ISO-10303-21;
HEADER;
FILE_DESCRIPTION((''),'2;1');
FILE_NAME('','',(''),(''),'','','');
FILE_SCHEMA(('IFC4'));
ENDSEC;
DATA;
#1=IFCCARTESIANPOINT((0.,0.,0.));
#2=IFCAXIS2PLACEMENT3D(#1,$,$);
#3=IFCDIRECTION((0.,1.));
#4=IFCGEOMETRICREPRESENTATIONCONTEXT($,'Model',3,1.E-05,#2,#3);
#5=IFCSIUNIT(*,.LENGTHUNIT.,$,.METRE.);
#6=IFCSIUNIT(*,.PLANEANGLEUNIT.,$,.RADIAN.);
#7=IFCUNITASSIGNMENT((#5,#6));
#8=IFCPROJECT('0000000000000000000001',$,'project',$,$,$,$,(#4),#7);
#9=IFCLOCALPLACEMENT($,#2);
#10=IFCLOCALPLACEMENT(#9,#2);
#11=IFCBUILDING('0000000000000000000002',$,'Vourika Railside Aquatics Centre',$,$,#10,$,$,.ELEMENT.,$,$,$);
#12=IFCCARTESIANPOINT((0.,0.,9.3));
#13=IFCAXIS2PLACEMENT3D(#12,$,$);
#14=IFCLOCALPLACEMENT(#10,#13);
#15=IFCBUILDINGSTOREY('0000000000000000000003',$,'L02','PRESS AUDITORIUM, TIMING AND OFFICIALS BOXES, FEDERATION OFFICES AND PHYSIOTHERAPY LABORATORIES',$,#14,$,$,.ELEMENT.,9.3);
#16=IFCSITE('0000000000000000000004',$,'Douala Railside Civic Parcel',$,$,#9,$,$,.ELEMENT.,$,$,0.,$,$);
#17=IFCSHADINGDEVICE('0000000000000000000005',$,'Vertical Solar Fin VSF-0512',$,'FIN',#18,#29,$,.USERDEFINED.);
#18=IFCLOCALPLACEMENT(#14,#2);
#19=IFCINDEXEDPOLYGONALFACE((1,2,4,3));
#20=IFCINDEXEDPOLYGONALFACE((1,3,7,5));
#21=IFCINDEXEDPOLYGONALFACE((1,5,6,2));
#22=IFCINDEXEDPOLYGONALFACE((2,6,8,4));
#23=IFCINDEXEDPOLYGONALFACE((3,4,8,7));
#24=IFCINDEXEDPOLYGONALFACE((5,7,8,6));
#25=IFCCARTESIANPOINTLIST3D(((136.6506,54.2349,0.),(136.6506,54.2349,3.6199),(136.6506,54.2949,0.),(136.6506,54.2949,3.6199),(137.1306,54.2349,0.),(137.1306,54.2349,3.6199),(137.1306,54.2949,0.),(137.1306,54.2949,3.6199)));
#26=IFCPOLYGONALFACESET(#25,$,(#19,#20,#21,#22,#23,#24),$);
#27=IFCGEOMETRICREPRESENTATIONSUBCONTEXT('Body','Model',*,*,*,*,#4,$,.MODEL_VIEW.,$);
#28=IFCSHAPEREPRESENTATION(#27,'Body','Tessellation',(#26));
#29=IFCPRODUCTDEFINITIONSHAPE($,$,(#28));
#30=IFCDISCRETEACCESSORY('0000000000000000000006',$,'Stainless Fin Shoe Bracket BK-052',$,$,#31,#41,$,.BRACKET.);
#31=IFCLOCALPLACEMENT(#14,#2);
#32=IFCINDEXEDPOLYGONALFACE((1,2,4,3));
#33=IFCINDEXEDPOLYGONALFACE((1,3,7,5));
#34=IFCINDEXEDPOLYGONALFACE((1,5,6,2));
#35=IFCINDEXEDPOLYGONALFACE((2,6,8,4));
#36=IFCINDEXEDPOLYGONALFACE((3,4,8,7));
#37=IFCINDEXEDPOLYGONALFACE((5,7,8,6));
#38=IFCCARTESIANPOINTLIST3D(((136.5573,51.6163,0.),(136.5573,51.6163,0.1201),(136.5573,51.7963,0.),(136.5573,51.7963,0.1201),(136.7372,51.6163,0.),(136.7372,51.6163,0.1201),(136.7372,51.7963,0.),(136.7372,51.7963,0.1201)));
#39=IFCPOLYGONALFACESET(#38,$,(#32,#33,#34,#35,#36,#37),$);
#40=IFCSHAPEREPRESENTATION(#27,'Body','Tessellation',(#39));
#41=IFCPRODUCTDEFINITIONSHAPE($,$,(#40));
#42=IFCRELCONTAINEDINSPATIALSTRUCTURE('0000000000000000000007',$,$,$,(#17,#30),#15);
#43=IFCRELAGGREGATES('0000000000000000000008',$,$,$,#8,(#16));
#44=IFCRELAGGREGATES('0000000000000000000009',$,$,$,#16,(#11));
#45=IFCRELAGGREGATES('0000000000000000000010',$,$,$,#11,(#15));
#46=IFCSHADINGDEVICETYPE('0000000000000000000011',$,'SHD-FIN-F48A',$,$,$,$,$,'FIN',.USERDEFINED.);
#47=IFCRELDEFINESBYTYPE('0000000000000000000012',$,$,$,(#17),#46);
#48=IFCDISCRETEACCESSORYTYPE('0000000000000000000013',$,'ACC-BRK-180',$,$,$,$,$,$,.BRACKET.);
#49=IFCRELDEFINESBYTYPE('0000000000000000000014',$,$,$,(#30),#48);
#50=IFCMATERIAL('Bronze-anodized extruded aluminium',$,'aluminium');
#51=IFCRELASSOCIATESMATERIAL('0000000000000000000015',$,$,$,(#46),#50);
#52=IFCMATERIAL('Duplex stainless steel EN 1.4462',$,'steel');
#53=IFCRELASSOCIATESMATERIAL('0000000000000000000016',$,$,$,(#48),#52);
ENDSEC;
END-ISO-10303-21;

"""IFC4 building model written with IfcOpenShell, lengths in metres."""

from ifc_helpers import new_model, si_unit, direction, frame, origin, origin_2d, place, context, subcontext, project, spatial, rectangle, extrude, material, material_profile, profile_set, type_object, element, save


model = new_model("IFC4")

# Units and contexts
model_context = context("Model", 3, precision=1e-05, world=origin(), true_north=direction((0.0, 1.0)))
body_context = subcontext(model_context, "Body", "Model", "MODEL_VIEW")
ifc_project = project(units=[si_unit("LENGTHUNIT", "METRE"), si_unit("PLANEANGLEUNIT", "RADIAN")], contexts=[model_context])

# Site, building, storey
site_placement = place(None, origin())
site = spatial("IfcSite", under=ifc_project, at=site_placement, Name="Douala Railside Civic Parcel", CompositionType="ELEMENT", RefElevation=0.0)
building_placement = place(site_placement, origin())
building = spatial("IfcBuilding", under=site, at=building_placement, Name="Vourika Railside Aquatics Centre", CompositionType="ELEMENT")
storey_placement = place(building_placement, frame((0.0, 0.0, 9.3)))
storey = spatial("IfcBuildingStorey", under=building, at=storey_placement, Name="L02", Description="PRESS AUDITORIUM, TIMING AND OFFICIALS BOXES, FEDERATION OFFICES AND PHYSIOTHERAPY LABORATORIES", CompositionType="ELEMENT", Elevation=9.3)

# Shared definitions
ifc_material_1 = material(Name="Duplex stainless steel EN 1.4462", Category="steel")

# Shading device
ifc_material_2 = material(Name="Bronze-anodized extruded aluminium", Category="aluminium")
ifc_material_profile_1 = material_profile(ifc_material_2, rectangle(XDim=0.0601, YDim=0.48, at=origin_2d()), Name="ALU-FIN 60x480")
ifc_profile_set_1 = profile_set([ifc_material_profile_1], Name="Bronze-anodized extruded aluminium")
shading_device_type = type_object("IfcShadingDeviceType", Name="SHD-FIN-F48A", ElementType="FIN", PredefinedType="USERDEFINED", material=ifc_profile_set_1)
for number, where, z_axis, x_axis, name in (
    (1, (136.8906, 54.2649, 0.0), (0.0, 0.0, 1.0), (0.0, 1.0, 0.0), "Vertical Solar Fin VSF-0512"),
):
    element("IfcShadingDevice", number, at=place(storey_placement, frame(where, z_axis=z_axis, x_axis=x_axis)), inside=storey, type_object=shading_device_type, Name=name, ObjectType="FIN", PredefinedType="USERDEFINED", context=body_context, shape_type="SweptSolid", body=[
        extrude(rectangle(XDim=0.0601, YDim=0.48, at=origin_2d()), origin(), (0.0, 0.0, 1.0), 3.6199),
    ])

# Discrete accessory
discrete_accessory_type = type_object("IfcDiscreteAccessoryType", Name="ACC-BRK-180", PredefinedType="BRACKET", material=ifc_material_1)
discrete_accessory_placement = place(storey_placement, frame((136.6472, 51.7063, 0.0), z_axis=(0.0, 0.0, 1.0), x_axis=(-1.0, 0.0, 0.0)))
element("IfcDiscreteAccessory", 2, at=discrete_accessory_placement, inside=storey, type_object=discrete_accessory_type, Name="Stainless Fin Shoe Bracket BK-052", PredefinedType="BRACKET", context=body_context, shape_type="SweptSolid", body=[
    extrude(rectangle(XDim=0.1799, YDim=0.1799, at=origin_2d()), origin(), (0.0, 0.0, 1.0), 0.1201),
])

save(model, "model.ifc")
